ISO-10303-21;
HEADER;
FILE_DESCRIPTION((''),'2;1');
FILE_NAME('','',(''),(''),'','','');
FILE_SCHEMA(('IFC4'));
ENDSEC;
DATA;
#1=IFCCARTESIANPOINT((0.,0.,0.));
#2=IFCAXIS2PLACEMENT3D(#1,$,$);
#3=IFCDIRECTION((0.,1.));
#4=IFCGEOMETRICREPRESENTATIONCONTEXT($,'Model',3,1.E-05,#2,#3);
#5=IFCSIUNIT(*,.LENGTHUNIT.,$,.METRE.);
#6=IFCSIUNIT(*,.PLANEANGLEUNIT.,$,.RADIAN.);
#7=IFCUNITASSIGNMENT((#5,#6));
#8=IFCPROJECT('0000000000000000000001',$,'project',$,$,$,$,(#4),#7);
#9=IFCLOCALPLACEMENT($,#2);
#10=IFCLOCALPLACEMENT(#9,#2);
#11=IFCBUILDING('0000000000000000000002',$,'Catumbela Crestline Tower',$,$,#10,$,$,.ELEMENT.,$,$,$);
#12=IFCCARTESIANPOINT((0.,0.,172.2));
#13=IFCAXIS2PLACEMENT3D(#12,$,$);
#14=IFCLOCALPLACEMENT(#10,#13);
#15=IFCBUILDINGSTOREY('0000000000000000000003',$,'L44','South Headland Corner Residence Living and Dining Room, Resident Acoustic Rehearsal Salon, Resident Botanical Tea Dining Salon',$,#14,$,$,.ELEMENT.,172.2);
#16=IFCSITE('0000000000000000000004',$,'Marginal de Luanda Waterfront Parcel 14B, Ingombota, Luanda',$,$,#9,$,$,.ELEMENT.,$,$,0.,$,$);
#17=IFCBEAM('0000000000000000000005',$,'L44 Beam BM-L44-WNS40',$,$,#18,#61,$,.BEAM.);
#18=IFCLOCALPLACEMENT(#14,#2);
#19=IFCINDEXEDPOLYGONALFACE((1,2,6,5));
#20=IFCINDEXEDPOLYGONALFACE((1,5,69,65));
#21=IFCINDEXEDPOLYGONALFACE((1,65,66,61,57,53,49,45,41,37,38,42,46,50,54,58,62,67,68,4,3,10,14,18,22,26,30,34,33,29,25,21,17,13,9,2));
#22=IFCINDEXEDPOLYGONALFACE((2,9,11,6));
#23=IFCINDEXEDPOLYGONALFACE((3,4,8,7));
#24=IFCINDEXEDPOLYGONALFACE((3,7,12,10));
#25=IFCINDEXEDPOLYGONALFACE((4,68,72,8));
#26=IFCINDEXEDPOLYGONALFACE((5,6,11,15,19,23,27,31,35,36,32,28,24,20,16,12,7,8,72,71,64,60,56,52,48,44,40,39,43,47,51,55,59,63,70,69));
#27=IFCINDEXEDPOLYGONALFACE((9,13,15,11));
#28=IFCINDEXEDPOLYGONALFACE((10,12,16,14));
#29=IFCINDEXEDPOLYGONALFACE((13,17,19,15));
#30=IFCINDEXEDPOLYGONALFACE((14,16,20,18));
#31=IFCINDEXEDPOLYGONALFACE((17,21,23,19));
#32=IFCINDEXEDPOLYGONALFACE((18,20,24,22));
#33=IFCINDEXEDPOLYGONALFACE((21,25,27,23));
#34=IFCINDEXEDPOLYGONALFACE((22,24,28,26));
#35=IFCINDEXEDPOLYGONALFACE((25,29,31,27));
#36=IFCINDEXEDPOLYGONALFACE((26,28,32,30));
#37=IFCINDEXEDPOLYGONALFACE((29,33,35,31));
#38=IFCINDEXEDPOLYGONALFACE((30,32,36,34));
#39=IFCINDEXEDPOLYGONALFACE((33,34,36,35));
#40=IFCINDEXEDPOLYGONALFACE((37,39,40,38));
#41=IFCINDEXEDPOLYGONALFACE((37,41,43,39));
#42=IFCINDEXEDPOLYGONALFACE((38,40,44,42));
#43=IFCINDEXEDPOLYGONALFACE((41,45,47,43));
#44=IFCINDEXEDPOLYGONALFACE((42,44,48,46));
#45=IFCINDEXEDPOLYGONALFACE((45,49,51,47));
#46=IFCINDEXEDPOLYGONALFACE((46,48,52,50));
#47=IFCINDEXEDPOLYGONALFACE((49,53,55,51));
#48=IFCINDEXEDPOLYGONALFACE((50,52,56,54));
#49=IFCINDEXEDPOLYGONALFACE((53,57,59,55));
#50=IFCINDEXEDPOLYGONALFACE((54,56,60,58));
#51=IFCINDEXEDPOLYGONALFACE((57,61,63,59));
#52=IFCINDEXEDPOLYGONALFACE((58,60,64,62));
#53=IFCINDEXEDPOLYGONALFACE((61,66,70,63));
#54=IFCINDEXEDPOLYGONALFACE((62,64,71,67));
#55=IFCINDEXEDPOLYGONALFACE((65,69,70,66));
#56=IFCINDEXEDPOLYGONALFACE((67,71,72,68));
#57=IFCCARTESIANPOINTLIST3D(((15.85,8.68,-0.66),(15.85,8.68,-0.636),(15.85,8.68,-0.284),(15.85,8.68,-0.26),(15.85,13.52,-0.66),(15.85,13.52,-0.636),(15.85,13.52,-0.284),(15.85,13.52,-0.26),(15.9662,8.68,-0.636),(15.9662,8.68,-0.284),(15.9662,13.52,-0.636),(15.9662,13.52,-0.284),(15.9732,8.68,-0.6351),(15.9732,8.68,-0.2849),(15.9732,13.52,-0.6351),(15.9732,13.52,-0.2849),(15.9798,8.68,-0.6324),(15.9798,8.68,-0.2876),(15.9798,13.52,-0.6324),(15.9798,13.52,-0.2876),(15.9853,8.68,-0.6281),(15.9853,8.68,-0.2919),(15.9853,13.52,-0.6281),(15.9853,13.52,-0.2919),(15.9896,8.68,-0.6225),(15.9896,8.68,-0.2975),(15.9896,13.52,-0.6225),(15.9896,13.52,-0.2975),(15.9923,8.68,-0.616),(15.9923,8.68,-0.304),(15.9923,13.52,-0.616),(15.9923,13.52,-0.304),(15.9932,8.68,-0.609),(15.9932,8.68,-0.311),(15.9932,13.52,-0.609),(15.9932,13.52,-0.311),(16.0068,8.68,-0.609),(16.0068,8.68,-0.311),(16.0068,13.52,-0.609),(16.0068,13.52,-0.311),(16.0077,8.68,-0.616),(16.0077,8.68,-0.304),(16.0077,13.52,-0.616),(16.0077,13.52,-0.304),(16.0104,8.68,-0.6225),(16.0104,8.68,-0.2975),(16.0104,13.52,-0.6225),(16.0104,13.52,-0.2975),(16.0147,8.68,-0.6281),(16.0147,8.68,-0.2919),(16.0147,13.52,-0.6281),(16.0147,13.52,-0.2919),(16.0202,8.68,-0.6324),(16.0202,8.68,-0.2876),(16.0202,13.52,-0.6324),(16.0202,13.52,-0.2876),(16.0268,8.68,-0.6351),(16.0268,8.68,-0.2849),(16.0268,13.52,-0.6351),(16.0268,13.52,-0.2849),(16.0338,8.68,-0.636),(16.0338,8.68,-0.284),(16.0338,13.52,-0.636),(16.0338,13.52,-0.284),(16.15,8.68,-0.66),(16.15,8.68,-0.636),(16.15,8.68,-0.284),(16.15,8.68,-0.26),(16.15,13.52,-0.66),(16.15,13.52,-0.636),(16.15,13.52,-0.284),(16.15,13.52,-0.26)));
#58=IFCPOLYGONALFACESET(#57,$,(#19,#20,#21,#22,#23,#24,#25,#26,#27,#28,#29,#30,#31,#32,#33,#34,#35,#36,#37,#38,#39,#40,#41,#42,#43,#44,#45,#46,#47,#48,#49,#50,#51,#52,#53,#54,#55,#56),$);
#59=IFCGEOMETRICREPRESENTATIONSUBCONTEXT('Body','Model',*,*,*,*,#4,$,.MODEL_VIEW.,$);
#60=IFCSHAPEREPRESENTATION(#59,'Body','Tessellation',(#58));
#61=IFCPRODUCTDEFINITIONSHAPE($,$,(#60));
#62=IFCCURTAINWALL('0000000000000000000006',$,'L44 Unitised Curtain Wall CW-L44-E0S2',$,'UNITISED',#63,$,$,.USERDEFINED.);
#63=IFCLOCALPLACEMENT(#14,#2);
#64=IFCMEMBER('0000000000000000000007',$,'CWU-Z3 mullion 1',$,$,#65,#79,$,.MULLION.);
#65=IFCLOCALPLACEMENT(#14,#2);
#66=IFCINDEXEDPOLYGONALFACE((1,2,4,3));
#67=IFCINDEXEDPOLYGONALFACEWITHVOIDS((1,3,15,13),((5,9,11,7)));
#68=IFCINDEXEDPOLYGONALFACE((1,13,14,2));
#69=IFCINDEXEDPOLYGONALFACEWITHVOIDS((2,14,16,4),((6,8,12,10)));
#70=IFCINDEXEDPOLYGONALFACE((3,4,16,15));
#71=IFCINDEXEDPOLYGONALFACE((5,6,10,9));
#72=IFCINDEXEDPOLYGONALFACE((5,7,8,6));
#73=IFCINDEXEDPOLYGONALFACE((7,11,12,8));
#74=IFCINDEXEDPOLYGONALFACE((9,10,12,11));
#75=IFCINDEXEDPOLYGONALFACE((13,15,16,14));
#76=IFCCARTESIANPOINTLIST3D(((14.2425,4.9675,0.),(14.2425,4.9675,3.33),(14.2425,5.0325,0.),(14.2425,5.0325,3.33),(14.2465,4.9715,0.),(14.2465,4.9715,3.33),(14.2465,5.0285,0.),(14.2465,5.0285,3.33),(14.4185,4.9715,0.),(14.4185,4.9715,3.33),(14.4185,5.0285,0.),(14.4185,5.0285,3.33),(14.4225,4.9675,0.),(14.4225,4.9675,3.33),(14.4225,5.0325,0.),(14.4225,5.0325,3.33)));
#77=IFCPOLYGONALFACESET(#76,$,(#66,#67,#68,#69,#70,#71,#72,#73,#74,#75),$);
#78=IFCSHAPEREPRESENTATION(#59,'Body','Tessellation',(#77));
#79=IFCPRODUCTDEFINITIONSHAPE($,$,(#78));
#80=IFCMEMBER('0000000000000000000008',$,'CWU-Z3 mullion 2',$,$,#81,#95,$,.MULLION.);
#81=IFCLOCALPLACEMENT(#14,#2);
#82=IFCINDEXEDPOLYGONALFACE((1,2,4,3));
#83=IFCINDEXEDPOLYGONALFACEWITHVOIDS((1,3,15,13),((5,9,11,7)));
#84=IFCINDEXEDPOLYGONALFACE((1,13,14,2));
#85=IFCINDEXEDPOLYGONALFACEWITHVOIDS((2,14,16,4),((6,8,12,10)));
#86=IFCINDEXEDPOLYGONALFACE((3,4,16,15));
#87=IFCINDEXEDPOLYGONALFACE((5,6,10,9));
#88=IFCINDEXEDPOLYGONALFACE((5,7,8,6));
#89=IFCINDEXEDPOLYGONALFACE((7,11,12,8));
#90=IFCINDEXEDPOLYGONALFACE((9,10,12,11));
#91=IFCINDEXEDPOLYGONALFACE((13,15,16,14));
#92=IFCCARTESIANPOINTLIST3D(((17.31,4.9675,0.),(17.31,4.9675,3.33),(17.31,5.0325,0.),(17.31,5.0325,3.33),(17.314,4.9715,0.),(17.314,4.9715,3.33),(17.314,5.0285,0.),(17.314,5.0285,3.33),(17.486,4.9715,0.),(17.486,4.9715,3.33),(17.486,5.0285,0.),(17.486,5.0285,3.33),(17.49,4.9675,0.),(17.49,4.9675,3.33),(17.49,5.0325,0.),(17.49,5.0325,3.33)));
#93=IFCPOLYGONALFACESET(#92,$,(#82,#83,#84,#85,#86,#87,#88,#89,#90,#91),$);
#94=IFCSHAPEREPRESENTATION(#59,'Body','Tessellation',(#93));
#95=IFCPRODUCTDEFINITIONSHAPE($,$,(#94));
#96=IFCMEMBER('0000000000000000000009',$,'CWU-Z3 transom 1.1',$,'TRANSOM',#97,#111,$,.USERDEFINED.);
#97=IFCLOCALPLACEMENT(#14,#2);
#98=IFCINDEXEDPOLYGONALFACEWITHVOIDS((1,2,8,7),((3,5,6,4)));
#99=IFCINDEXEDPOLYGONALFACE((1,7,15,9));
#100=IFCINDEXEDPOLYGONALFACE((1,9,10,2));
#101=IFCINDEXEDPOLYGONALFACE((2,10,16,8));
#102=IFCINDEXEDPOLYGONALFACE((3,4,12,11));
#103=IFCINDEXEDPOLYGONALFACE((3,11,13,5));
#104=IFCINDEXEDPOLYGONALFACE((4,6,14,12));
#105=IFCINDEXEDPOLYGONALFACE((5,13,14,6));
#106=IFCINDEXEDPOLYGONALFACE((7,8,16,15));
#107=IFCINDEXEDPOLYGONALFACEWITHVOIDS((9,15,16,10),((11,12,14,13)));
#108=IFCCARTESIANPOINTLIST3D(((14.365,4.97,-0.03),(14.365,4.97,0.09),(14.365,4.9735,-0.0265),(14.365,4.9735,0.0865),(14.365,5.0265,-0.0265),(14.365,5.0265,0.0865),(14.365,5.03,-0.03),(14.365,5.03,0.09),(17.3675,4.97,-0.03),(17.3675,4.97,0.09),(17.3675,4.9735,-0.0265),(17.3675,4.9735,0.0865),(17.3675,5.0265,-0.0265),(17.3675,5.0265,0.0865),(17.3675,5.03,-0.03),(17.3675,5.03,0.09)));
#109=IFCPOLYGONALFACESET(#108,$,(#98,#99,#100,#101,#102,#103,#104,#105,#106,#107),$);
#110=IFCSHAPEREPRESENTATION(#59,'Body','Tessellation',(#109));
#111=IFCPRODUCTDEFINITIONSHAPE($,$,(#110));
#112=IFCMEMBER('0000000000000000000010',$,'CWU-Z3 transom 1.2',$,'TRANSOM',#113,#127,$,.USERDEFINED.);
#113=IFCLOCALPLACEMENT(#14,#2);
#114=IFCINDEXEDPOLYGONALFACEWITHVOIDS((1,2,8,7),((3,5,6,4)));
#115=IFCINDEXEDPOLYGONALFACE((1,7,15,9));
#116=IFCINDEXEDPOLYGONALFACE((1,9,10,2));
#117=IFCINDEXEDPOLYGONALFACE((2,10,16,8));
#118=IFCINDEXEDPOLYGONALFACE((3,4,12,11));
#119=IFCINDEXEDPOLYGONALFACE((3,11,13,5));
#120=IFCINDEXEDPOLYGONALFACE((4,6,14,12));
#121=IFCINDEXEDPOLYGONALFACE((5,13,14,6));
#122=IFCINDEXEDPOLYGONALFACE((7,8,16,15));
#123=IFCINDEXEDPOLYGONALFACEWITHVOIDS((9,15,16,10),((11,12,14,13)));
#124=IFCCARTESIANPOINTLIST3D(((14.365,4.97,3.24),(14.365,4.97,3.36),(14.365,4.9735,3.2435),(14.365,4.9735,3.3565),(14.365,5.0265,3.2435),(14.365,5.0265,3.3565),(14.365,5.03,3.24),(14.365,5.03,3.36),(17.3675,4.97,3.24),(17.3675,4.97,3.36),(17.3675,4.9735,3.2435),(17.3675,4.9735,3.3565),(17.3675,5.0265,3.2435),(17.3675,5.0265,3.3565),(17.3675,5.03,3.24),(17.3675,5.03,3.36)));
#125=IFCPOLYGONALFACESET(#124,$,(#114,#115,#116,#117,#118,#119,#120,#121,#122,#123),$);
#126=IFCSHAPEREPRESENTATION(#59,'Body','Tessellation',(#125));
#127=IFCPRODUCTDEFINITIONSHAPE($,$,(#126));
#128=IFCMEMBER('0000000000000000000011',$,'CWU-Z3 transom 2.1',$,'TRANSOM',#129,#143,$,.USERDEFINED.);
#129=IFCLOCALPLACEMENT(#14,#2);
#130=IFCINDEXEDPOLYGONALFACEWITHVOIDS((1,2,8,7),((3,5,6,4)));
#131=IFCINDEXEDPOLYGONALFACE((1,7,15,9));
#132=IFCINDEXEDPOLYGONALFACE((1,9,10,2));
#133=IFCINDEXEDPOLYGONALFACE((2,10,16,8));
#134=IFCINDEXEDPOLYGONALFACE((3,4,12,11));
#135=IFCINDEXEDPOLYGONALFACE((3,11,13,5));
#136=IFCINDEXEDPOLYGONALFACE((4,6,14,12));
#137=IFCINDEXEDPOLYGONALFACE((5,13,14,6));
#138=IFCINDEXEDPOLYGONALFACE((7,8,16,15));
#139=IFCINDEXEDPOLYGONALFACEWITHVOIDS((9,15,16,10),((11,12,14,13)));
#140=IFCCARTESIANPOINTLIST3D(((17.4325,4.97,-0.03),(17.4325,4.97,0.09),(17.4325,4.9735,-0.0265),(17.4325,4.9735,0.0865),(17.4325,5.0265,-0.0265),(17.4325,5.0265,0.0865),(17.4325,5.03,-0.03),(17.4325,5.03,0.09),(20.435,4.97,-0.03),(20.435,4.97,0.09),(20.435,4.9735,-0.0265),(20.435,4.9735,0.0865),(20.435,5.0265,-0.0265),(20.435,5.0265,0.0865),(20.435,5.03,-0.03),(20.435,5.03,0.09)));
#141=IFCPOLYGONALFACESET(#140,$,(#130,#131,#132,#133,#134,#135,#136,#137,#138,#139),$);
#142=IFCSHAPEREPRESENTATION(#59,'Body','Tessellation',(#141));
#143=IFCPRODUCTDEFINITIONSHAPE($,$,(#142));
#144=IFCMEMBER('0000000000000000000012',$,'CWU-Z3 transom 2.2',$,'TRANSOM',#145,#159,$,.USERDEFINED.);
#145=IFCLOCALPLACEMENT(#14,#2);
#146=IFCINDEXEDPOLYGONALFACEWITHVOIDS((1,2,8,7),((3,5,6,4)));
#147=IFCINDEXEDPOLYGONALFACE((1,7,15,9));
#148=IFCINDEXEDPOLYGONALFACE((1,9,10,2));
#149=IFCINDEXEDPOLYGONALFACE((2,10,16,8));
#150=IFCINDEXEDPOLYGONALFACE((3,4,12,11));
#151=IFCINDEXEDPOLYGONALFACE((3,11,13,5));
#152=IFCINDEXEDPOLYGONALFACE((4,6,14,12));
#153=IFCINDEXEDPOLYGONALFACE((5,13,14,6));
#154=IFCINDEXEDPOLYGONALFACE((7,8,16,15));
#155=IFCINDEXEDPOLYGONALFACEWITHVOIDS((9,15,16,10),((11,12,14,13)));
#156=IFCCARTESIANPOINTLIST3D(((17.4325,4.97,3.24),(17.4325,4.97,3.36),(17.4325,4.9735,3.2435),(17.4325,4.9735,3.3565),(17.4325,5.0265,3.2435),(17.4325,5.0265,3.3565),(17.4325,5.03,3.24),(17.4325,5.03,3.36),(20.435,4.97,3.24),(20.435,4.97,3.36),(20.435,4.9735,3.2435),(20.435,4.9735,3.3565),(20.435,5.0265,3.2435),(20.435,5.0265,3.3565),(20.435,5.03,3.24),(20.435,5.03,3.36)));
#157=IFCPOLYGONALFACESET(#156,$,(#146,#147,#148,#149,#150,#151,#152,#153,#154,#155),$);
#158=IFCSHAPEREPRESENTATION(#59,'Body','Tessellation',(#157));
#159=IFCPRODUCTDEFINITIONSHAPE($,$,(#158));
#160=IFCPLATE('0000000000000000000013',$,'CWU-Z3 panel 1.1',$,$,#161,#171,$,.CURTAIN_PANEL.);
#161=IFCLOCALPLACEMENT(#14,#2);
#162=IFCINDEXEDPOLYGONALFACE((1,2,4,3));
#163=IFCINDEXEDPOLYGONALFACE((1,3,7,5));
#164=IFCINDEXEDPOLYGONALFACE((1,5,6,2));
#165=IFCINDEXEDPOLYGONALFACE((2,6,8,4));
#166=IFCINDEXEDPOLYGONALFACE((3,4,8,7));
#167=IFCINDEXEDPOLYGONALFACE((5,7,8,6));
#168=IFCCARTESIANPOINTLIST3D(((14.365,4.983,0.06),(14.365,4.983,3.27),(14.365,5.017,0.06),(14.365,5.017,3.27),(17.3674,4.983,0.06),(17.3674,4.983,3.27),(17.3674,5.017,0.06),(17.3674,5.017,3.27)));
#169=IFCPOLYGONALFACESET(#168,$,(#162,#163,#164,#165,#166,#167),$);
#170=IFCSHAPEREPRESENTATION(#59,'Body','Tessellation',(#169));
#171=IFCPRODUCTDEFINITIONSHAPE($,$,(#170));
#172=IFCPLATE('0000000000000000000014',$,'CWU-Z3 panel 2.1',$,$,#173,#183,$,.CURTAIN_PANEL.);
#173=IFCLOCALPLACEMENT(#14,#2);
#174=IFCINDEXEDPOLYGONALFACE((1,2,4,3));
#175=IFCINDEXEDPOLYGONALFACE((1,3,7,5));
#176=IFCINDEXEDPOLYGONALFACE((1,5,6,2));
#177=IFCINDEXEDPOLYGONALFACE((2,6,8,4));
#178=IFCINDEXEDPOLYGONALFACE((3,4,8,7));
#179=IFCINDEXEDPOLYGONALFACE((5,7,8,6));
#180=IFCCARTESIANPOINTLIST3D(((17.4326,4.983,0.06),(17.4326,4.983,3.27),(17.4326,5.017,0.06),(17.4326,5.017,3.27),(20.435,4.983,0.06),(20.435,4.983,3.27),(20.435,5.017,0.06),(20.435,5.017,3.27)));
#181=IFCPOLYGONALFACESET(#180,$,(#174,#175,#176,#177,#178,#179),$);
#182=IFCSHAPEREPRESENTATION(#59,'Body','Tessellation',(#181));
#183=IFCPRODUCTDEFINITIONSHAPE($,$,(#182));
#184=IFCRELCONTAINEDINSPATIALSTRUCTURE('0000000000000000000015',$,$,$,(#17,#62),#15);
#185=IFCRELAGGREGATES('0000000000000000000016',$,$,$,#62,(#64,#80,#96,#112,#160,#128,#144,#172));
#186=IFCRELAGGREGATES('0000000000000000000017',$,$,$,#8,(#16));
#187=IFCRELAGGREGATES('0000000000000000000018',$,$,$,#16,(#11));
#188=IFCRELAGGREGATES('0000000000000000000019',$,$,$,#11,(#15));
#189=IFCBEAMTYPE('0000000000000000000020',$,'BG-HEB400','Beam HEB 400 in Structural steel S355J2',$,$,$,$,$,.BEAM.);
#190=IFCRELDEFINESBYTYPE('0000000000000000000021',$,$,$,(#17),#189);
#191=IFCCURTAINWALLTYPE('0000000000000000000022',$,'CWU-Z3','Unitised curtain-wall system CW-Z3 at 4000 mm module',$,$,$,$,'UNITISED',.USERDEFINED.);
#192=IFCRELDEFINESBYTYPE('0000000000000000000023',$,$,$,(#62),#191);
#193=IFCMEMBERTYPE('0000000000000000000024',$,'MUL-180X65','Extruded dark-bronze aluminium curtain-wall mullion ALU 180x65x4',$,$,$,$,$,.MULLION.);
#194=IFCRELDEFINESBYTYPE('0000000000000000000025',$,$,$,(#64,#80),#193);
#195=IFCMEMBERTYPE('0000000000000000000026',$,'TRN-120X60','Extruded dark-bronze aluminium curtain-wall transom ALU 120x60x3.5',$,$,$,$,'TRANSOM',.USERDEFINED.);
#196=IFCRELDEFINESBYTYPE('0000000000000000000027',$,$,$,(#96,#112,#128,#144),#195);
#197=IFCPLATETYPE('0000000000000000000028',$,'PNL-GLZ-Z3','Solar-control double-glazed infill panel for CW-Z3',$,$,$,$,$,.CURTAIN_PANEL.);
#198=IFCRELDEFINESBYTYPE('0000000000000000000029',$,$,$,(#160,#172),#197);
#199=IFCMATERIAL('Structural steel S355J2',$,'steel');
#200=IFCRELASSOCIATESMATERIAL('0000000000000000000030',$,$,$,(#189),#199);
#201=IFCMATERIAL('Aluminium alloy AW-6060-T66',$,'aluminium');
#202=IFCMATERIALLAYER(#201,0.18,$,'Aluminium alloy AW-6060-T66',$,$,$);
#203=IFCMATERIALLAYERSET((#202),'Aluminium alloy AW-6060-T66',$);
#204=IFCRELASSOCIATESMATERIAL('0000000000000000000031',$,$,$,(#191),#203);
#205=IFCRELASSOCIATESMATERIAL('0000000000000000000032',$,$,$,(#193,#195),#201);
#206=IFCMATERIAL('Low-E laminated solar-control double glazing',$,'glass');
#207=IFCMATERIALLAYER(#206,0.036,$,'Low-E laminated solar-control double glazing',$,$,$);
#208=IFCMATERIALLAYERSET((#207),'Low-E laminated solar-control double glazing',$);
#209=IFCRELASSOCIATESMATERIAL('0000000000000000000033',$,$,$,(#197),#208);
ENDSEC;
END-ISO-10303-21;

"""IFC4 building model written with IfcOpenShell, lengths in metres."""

from ifc_helpers import new_model, si_unit, direction, frame, origin, origin_2d, place, context, subcontext, project, spatial, rectangle, hollow_rectangle, i_section, extrude, material, layer, layer_set, material_profile, profile_set, type_object, element, aggregate, save


model = new_model("IFC4")

# Units and contexts
model_context = context("Model", 3, precision=1e-05, world=origin(), true_north=direction((0.0, 1.0)))
body_context = subcontext(model_context, "Body", "Model", "MODEL_VIEW")
ifc_project = project(units=[si_unit("LENGTHUNIT", "METRE"), si_unit("PLANEANGLEUNIT", "RADIAN")], contexts=[model_context])

# Site, building, storey
site_placement = place(None, origin())
site = spatial("IfcSite", under=ifc_project, at=site_placement, Name="Marginal de Luanda Waterfront Parcel 14B, Ingombota, Luanda", CompositionType="ELEMENT", RefElevation=0.0)
building_placement = place(site_placement, origin())
building = spatial("IfcBuilding", under=site, at=building_placement, Name="Catumbela Crestline Tower", CompositionType="ELEMENT")
storey_placement = place(building_placement, frame((0.0, 0.0, 172.2)))
storey = spatial("IfcBuildingStorey", under=building, at=storey_placement, Name="L44", Description="South Headland Corner Residence Living and Dining Room, Resident Acoustic Rehearsal Salon, Resident Botanical Tea Dining Salon", CompositionType="ELEMENT", Elevation=172.2)

# Shared definitions
ifc_material_1 = material(Name="Structural steel S355J2", Category="steel")

# Beam
ifc_material_profile_1 = material_profile(ifc_material_1, i_section(OverallWidth=0.3, OverallDepth=0.4, WebThickness=0.0135, FlangeThickness=0.024, FilletRadius=0.027, at=origin_2d()), Name="HEB 400")
ifc_profile_set_1 = profile_set([ifc_material_profile_1], Name="Structural steel S355J2")
beam_type = type_object("IfcBeamType", Name="BG-HEB400", Description="Beam HEB 400 in Structural steel S355J2", PredefinedType="BEAM", material=ifc_profile_set_1)
for number, where, z_axis, x_axis, name in (
    (1, (16.0, 8.68, -0.46), (0.0, 1.0, 0.0), (-1.0, 0.0, 0.0), "L44 Beam BM-L44-WNS40"),
):
    element("IfcBeam", number, at=place(storey_placement, frame(where, z_axis=z_axis, x_axis=x_axis)), inside=storey, type_object=beam_type, Name=name, PredefinedType="BEAM", context=body_context, shape_type="SweptSolid", body=[
        extrude(i_section(OverallWidth=0.3, OverallDepth=0.4, WebThickness=0.0135, FlangeThickness=0.024, FilletRadius=0.027, at=origin_2d()), origin(), (0.0, 0.0, 1.0), 4.84),
    ])

# Curtain wall, members, plates
ifc_material_2 = material(Name="Aluminium alloy AW-6060-T66", Category="aluminium")
ifc_layer_1 = layer(ifc_material_2, 0.18, Name="Aluminium alloy AW-6060-T66")
ifc_layer_set_1 = layer_set([ifc_layer_1], Name="Aluminium alloy AW-6060-T66")
curtain_wall_type = type_object("IfcCurtainWallType", Name="CWU-Z3", Description="Unitised curtain-wall system CW-Z3 at 4000 mm module", ElementType="UNITISED", PredefinedType="USERDEFINED", material=ifc_layer_set_1)
curtain_wall_placement = place(storey_placement, origin())
curtain_wall = element("IfcCurtainWall", 2, at=curtain_wall_placement, inside=storey, type_object=curtain_wall_type, Name="L44 Unitised Curtain Wall CW-L44-E0S2", ObjectType="UNITISED", PredefinedType="USERDEFINED")
ifc_material_profile_2 = material_profile(ifc_material_2, hollow_rectangle(XDim=0.065, YDim=0.18, WallThickness=0.004, at=origin_2d()), Name="ALU 180x65x4")
ifc_profile_set_2 = profile_set([ifc_material_profile_2], Name="Aluminium alloy AW-6060-T66")
member_type_1 = type_object("IfcMemberType", Name="MUL-180X65", Description="Extruded dark-bronze aluminium curtain-wall mullion ALU 180x65x4", PredefinedType="MULLION", material=ifc_profile_set_2)
member_1_placement = place(storey_placement, frame((14.3325, 5.0, 0.0), z_axis=(0.0, 0.0, 1.0), x_axis=(0.0, 1.0, 0.0)))
member_1 = element("IfcMember", 3, at=member_1_placement, type_object=member_type_1, Name="CWU-Z3 mullion 1", PredefinedType="MULLION", context=body_context, shape_type="SweptSolid", body=[
    extrude(hollow_rectangle(XDim=0.065, YDim=0.18, WallThickness=0.004, at=origin_2d()), origin(), (0.0, 0.0, 1.0), 3.33),
])
member_2_placement = place(storey_placement, frame((17.4, 5.0, 0.0), z_axis=(0.0, 0.0, 1.0), x_axis=(0.0, 1.0, 0.0)))
member_2 = element("IfcMember", 4, at=member_2_placement, type_object=member_type_1, Name="CWU-Z3 mullion 2", PredefinedType="MULLION", context=body_context, shape_type="SweptSolid", body=[
    extrude(hollow_rectangle(XDim=0.065, YDim=0.18, WallThickness=0.004, at=origin_2d()), origin(), (0.0, 0.0, 1.0), 3.33),
])
ifc_material_profile_3 = material_profile(ifc_material_2, hollow_rectangle(XDim=0.06, YDim=0.12, WallThickness=0.0035, at=origin_2d()), Name="ALU 120x60x3.5")
ifc_profile_set_3 = profile_set([ifc_material_profile_3], Name="Aluminium alloy AW-6060-T66")
member_type_2 = type_object("IfcMemberType", Name="TRN-120X60", Description="Extruded dark-bronze aluminium curtain-wall transom ALU 120x60x3.5", ElementType="TRANSOM", PredefinedType="USERDEFINED", material=ifc_profile_set_3)
member_3_placement = place(storey_placement, frame((14.365, 5.0, 0.03), z_axis=(1.0, 0.0, 0.0), x_axis=(0.0, 1.0, 0.0)))
member_3 = element("IfcMember", 5, at=member_3_placement, type_object=member_type_2, Name="CWU-Z3 transom 1.1", ObjectType="TRANSOM", PredefinedType="USERDEFINED", context=body_context, shape_type="SweptSolid", body=[
    extrude(hollow_rectangle(XDim=0.06, YDim=0.12, WallThickness=0.0035, at=origin_2d()), origin(), (0.0, 0.0, 1.0), 3.0025),
])
member_4_placement = place(storey_placement, frame((14.365, 5.0, 3.3), z_axis=(1.0, 0.0, 0.0), x_axis=(0.0, 1.0, 0.0)))
member_4 = element("IfcMember", 6, at=member_4_placement, type_object=member_type_2, Name="CWU-Z3 transom 1.2", ObjectType="TRANSOM", PredefinedType="USERDEFINED", context=body_context, shape_type="SweptSolid", body=[
    extrude(hollow_rectangle(XDim=0.06, YDim=0.12, WallThickness=0.0035, at=origin_2d()), origin(), (0.0, 0.0, 1.0), 3.0025),
])
member_5_placement = place(storey_placement, frame((17.4325, 5.0, 0.03), z_axis=(1.0, 0.0, 0.0), x_axis=(0.0, 1.0, 0.0)))
member_5 = element("IfcMember", 7, at=member_5_placement, type_object=member_type_2, Name="CWU-Z3 transom 2.1", ObjectType="TRANSOM", PredefinedType="USERDEFINED", context=body_context, shape_type="SweptSolid", body=[
    extrude(hollow_rectangle(XDim=0.06, YDim=0.12, WallThickness=0.0035, at=origin_2d()), origin(), (0.0, 0.0, 1.0), 3.0025),
])
member_6_placement = place(storey_placement, frame((17.4325, 5.0, 3.3), z_axis=(1.0, 0.0, 0.0), x_axis=(0.0, 1.0, 0.0)))
member_6 = element("IfcMember", 8, at=member_6_placement, type_object=member_type_2, Name="CWU-Z3 transom 2.2", ObjectType="TRANSOM", PredefinedType="USERDEFINED", context=body_context, shape_type="SweptSolid", body=[
    extrude(hollow_rectangle(XDim=0.06, YDim=0.12, WallThickness=0.0035, at=origin_2d()), origin(), (0.0, 0.0, 1.0), 3.0025),
])
ifc_material_3 = material(Name="Low-E laminated solar-control double glazing", Category="glass")
ifc_layer_2 = layer(ifc_material_3, 0.036, Name="Low-E laminated solar-control double glazing")
ifc_layer_set_2 = layer_set([ifc_layer_2], Name="Low-E laminated solar-control double glazing")
plate_type = type_object("IfcPlateType", Name="PNL-GLZ-Z3", Description="Solar-control double-glazed infill panel for CW-Z3", PredefinedType="CURTAIN_PANEL", material=ifc_layer_set_2)
plate_1_placement = place(storey_placement, frame((15.8662, 5.0, 0.06), z_axis=(0.0, 0.0, 1.0), x_axis=(1.0, 0.0, 0.0)))
plate_1 = element("IfcPlate", 9, at=plate_1_placement, type_object=plate_type, Name="CWU-Z3 panel 1.1", PredefinedType="CURTAIN_PANEL", context=body_context, shape_type="SweptSolid", body=[
    extrude(rectangle(XDim=3.0025, YDim=0.034, at=origin_2d()), origin(), (0.0, 0.0, 1.0), 3.21),
])
plate_2_placement = place(storey_placement, frame((18.9338, 5.0, 0.06), z_axis=(0.0, 0.0, 1.0), x_axis=(1.0, 0.0, 0.0)))
plate_2 = element("IfcPlate", 10, at=plate_2_placement, type_object=plate_type, Name="CWU-Z3 panel 2.1", PredefinedType="CURTAIN_PANEL", context=body_context, shape_type="SweptSolid", body=[
    extrude(rectangle(XDim=3.0025, YDim=0.034, at=origin_2d()), origin(), (0.0, 0.0, 1.0), 3.21),
])
aggregate(curtain_wall, [member_1, member_2, member_3, member_4, plate_1, member_5, member_6, plate_2])

save(model, "model.ifc")
